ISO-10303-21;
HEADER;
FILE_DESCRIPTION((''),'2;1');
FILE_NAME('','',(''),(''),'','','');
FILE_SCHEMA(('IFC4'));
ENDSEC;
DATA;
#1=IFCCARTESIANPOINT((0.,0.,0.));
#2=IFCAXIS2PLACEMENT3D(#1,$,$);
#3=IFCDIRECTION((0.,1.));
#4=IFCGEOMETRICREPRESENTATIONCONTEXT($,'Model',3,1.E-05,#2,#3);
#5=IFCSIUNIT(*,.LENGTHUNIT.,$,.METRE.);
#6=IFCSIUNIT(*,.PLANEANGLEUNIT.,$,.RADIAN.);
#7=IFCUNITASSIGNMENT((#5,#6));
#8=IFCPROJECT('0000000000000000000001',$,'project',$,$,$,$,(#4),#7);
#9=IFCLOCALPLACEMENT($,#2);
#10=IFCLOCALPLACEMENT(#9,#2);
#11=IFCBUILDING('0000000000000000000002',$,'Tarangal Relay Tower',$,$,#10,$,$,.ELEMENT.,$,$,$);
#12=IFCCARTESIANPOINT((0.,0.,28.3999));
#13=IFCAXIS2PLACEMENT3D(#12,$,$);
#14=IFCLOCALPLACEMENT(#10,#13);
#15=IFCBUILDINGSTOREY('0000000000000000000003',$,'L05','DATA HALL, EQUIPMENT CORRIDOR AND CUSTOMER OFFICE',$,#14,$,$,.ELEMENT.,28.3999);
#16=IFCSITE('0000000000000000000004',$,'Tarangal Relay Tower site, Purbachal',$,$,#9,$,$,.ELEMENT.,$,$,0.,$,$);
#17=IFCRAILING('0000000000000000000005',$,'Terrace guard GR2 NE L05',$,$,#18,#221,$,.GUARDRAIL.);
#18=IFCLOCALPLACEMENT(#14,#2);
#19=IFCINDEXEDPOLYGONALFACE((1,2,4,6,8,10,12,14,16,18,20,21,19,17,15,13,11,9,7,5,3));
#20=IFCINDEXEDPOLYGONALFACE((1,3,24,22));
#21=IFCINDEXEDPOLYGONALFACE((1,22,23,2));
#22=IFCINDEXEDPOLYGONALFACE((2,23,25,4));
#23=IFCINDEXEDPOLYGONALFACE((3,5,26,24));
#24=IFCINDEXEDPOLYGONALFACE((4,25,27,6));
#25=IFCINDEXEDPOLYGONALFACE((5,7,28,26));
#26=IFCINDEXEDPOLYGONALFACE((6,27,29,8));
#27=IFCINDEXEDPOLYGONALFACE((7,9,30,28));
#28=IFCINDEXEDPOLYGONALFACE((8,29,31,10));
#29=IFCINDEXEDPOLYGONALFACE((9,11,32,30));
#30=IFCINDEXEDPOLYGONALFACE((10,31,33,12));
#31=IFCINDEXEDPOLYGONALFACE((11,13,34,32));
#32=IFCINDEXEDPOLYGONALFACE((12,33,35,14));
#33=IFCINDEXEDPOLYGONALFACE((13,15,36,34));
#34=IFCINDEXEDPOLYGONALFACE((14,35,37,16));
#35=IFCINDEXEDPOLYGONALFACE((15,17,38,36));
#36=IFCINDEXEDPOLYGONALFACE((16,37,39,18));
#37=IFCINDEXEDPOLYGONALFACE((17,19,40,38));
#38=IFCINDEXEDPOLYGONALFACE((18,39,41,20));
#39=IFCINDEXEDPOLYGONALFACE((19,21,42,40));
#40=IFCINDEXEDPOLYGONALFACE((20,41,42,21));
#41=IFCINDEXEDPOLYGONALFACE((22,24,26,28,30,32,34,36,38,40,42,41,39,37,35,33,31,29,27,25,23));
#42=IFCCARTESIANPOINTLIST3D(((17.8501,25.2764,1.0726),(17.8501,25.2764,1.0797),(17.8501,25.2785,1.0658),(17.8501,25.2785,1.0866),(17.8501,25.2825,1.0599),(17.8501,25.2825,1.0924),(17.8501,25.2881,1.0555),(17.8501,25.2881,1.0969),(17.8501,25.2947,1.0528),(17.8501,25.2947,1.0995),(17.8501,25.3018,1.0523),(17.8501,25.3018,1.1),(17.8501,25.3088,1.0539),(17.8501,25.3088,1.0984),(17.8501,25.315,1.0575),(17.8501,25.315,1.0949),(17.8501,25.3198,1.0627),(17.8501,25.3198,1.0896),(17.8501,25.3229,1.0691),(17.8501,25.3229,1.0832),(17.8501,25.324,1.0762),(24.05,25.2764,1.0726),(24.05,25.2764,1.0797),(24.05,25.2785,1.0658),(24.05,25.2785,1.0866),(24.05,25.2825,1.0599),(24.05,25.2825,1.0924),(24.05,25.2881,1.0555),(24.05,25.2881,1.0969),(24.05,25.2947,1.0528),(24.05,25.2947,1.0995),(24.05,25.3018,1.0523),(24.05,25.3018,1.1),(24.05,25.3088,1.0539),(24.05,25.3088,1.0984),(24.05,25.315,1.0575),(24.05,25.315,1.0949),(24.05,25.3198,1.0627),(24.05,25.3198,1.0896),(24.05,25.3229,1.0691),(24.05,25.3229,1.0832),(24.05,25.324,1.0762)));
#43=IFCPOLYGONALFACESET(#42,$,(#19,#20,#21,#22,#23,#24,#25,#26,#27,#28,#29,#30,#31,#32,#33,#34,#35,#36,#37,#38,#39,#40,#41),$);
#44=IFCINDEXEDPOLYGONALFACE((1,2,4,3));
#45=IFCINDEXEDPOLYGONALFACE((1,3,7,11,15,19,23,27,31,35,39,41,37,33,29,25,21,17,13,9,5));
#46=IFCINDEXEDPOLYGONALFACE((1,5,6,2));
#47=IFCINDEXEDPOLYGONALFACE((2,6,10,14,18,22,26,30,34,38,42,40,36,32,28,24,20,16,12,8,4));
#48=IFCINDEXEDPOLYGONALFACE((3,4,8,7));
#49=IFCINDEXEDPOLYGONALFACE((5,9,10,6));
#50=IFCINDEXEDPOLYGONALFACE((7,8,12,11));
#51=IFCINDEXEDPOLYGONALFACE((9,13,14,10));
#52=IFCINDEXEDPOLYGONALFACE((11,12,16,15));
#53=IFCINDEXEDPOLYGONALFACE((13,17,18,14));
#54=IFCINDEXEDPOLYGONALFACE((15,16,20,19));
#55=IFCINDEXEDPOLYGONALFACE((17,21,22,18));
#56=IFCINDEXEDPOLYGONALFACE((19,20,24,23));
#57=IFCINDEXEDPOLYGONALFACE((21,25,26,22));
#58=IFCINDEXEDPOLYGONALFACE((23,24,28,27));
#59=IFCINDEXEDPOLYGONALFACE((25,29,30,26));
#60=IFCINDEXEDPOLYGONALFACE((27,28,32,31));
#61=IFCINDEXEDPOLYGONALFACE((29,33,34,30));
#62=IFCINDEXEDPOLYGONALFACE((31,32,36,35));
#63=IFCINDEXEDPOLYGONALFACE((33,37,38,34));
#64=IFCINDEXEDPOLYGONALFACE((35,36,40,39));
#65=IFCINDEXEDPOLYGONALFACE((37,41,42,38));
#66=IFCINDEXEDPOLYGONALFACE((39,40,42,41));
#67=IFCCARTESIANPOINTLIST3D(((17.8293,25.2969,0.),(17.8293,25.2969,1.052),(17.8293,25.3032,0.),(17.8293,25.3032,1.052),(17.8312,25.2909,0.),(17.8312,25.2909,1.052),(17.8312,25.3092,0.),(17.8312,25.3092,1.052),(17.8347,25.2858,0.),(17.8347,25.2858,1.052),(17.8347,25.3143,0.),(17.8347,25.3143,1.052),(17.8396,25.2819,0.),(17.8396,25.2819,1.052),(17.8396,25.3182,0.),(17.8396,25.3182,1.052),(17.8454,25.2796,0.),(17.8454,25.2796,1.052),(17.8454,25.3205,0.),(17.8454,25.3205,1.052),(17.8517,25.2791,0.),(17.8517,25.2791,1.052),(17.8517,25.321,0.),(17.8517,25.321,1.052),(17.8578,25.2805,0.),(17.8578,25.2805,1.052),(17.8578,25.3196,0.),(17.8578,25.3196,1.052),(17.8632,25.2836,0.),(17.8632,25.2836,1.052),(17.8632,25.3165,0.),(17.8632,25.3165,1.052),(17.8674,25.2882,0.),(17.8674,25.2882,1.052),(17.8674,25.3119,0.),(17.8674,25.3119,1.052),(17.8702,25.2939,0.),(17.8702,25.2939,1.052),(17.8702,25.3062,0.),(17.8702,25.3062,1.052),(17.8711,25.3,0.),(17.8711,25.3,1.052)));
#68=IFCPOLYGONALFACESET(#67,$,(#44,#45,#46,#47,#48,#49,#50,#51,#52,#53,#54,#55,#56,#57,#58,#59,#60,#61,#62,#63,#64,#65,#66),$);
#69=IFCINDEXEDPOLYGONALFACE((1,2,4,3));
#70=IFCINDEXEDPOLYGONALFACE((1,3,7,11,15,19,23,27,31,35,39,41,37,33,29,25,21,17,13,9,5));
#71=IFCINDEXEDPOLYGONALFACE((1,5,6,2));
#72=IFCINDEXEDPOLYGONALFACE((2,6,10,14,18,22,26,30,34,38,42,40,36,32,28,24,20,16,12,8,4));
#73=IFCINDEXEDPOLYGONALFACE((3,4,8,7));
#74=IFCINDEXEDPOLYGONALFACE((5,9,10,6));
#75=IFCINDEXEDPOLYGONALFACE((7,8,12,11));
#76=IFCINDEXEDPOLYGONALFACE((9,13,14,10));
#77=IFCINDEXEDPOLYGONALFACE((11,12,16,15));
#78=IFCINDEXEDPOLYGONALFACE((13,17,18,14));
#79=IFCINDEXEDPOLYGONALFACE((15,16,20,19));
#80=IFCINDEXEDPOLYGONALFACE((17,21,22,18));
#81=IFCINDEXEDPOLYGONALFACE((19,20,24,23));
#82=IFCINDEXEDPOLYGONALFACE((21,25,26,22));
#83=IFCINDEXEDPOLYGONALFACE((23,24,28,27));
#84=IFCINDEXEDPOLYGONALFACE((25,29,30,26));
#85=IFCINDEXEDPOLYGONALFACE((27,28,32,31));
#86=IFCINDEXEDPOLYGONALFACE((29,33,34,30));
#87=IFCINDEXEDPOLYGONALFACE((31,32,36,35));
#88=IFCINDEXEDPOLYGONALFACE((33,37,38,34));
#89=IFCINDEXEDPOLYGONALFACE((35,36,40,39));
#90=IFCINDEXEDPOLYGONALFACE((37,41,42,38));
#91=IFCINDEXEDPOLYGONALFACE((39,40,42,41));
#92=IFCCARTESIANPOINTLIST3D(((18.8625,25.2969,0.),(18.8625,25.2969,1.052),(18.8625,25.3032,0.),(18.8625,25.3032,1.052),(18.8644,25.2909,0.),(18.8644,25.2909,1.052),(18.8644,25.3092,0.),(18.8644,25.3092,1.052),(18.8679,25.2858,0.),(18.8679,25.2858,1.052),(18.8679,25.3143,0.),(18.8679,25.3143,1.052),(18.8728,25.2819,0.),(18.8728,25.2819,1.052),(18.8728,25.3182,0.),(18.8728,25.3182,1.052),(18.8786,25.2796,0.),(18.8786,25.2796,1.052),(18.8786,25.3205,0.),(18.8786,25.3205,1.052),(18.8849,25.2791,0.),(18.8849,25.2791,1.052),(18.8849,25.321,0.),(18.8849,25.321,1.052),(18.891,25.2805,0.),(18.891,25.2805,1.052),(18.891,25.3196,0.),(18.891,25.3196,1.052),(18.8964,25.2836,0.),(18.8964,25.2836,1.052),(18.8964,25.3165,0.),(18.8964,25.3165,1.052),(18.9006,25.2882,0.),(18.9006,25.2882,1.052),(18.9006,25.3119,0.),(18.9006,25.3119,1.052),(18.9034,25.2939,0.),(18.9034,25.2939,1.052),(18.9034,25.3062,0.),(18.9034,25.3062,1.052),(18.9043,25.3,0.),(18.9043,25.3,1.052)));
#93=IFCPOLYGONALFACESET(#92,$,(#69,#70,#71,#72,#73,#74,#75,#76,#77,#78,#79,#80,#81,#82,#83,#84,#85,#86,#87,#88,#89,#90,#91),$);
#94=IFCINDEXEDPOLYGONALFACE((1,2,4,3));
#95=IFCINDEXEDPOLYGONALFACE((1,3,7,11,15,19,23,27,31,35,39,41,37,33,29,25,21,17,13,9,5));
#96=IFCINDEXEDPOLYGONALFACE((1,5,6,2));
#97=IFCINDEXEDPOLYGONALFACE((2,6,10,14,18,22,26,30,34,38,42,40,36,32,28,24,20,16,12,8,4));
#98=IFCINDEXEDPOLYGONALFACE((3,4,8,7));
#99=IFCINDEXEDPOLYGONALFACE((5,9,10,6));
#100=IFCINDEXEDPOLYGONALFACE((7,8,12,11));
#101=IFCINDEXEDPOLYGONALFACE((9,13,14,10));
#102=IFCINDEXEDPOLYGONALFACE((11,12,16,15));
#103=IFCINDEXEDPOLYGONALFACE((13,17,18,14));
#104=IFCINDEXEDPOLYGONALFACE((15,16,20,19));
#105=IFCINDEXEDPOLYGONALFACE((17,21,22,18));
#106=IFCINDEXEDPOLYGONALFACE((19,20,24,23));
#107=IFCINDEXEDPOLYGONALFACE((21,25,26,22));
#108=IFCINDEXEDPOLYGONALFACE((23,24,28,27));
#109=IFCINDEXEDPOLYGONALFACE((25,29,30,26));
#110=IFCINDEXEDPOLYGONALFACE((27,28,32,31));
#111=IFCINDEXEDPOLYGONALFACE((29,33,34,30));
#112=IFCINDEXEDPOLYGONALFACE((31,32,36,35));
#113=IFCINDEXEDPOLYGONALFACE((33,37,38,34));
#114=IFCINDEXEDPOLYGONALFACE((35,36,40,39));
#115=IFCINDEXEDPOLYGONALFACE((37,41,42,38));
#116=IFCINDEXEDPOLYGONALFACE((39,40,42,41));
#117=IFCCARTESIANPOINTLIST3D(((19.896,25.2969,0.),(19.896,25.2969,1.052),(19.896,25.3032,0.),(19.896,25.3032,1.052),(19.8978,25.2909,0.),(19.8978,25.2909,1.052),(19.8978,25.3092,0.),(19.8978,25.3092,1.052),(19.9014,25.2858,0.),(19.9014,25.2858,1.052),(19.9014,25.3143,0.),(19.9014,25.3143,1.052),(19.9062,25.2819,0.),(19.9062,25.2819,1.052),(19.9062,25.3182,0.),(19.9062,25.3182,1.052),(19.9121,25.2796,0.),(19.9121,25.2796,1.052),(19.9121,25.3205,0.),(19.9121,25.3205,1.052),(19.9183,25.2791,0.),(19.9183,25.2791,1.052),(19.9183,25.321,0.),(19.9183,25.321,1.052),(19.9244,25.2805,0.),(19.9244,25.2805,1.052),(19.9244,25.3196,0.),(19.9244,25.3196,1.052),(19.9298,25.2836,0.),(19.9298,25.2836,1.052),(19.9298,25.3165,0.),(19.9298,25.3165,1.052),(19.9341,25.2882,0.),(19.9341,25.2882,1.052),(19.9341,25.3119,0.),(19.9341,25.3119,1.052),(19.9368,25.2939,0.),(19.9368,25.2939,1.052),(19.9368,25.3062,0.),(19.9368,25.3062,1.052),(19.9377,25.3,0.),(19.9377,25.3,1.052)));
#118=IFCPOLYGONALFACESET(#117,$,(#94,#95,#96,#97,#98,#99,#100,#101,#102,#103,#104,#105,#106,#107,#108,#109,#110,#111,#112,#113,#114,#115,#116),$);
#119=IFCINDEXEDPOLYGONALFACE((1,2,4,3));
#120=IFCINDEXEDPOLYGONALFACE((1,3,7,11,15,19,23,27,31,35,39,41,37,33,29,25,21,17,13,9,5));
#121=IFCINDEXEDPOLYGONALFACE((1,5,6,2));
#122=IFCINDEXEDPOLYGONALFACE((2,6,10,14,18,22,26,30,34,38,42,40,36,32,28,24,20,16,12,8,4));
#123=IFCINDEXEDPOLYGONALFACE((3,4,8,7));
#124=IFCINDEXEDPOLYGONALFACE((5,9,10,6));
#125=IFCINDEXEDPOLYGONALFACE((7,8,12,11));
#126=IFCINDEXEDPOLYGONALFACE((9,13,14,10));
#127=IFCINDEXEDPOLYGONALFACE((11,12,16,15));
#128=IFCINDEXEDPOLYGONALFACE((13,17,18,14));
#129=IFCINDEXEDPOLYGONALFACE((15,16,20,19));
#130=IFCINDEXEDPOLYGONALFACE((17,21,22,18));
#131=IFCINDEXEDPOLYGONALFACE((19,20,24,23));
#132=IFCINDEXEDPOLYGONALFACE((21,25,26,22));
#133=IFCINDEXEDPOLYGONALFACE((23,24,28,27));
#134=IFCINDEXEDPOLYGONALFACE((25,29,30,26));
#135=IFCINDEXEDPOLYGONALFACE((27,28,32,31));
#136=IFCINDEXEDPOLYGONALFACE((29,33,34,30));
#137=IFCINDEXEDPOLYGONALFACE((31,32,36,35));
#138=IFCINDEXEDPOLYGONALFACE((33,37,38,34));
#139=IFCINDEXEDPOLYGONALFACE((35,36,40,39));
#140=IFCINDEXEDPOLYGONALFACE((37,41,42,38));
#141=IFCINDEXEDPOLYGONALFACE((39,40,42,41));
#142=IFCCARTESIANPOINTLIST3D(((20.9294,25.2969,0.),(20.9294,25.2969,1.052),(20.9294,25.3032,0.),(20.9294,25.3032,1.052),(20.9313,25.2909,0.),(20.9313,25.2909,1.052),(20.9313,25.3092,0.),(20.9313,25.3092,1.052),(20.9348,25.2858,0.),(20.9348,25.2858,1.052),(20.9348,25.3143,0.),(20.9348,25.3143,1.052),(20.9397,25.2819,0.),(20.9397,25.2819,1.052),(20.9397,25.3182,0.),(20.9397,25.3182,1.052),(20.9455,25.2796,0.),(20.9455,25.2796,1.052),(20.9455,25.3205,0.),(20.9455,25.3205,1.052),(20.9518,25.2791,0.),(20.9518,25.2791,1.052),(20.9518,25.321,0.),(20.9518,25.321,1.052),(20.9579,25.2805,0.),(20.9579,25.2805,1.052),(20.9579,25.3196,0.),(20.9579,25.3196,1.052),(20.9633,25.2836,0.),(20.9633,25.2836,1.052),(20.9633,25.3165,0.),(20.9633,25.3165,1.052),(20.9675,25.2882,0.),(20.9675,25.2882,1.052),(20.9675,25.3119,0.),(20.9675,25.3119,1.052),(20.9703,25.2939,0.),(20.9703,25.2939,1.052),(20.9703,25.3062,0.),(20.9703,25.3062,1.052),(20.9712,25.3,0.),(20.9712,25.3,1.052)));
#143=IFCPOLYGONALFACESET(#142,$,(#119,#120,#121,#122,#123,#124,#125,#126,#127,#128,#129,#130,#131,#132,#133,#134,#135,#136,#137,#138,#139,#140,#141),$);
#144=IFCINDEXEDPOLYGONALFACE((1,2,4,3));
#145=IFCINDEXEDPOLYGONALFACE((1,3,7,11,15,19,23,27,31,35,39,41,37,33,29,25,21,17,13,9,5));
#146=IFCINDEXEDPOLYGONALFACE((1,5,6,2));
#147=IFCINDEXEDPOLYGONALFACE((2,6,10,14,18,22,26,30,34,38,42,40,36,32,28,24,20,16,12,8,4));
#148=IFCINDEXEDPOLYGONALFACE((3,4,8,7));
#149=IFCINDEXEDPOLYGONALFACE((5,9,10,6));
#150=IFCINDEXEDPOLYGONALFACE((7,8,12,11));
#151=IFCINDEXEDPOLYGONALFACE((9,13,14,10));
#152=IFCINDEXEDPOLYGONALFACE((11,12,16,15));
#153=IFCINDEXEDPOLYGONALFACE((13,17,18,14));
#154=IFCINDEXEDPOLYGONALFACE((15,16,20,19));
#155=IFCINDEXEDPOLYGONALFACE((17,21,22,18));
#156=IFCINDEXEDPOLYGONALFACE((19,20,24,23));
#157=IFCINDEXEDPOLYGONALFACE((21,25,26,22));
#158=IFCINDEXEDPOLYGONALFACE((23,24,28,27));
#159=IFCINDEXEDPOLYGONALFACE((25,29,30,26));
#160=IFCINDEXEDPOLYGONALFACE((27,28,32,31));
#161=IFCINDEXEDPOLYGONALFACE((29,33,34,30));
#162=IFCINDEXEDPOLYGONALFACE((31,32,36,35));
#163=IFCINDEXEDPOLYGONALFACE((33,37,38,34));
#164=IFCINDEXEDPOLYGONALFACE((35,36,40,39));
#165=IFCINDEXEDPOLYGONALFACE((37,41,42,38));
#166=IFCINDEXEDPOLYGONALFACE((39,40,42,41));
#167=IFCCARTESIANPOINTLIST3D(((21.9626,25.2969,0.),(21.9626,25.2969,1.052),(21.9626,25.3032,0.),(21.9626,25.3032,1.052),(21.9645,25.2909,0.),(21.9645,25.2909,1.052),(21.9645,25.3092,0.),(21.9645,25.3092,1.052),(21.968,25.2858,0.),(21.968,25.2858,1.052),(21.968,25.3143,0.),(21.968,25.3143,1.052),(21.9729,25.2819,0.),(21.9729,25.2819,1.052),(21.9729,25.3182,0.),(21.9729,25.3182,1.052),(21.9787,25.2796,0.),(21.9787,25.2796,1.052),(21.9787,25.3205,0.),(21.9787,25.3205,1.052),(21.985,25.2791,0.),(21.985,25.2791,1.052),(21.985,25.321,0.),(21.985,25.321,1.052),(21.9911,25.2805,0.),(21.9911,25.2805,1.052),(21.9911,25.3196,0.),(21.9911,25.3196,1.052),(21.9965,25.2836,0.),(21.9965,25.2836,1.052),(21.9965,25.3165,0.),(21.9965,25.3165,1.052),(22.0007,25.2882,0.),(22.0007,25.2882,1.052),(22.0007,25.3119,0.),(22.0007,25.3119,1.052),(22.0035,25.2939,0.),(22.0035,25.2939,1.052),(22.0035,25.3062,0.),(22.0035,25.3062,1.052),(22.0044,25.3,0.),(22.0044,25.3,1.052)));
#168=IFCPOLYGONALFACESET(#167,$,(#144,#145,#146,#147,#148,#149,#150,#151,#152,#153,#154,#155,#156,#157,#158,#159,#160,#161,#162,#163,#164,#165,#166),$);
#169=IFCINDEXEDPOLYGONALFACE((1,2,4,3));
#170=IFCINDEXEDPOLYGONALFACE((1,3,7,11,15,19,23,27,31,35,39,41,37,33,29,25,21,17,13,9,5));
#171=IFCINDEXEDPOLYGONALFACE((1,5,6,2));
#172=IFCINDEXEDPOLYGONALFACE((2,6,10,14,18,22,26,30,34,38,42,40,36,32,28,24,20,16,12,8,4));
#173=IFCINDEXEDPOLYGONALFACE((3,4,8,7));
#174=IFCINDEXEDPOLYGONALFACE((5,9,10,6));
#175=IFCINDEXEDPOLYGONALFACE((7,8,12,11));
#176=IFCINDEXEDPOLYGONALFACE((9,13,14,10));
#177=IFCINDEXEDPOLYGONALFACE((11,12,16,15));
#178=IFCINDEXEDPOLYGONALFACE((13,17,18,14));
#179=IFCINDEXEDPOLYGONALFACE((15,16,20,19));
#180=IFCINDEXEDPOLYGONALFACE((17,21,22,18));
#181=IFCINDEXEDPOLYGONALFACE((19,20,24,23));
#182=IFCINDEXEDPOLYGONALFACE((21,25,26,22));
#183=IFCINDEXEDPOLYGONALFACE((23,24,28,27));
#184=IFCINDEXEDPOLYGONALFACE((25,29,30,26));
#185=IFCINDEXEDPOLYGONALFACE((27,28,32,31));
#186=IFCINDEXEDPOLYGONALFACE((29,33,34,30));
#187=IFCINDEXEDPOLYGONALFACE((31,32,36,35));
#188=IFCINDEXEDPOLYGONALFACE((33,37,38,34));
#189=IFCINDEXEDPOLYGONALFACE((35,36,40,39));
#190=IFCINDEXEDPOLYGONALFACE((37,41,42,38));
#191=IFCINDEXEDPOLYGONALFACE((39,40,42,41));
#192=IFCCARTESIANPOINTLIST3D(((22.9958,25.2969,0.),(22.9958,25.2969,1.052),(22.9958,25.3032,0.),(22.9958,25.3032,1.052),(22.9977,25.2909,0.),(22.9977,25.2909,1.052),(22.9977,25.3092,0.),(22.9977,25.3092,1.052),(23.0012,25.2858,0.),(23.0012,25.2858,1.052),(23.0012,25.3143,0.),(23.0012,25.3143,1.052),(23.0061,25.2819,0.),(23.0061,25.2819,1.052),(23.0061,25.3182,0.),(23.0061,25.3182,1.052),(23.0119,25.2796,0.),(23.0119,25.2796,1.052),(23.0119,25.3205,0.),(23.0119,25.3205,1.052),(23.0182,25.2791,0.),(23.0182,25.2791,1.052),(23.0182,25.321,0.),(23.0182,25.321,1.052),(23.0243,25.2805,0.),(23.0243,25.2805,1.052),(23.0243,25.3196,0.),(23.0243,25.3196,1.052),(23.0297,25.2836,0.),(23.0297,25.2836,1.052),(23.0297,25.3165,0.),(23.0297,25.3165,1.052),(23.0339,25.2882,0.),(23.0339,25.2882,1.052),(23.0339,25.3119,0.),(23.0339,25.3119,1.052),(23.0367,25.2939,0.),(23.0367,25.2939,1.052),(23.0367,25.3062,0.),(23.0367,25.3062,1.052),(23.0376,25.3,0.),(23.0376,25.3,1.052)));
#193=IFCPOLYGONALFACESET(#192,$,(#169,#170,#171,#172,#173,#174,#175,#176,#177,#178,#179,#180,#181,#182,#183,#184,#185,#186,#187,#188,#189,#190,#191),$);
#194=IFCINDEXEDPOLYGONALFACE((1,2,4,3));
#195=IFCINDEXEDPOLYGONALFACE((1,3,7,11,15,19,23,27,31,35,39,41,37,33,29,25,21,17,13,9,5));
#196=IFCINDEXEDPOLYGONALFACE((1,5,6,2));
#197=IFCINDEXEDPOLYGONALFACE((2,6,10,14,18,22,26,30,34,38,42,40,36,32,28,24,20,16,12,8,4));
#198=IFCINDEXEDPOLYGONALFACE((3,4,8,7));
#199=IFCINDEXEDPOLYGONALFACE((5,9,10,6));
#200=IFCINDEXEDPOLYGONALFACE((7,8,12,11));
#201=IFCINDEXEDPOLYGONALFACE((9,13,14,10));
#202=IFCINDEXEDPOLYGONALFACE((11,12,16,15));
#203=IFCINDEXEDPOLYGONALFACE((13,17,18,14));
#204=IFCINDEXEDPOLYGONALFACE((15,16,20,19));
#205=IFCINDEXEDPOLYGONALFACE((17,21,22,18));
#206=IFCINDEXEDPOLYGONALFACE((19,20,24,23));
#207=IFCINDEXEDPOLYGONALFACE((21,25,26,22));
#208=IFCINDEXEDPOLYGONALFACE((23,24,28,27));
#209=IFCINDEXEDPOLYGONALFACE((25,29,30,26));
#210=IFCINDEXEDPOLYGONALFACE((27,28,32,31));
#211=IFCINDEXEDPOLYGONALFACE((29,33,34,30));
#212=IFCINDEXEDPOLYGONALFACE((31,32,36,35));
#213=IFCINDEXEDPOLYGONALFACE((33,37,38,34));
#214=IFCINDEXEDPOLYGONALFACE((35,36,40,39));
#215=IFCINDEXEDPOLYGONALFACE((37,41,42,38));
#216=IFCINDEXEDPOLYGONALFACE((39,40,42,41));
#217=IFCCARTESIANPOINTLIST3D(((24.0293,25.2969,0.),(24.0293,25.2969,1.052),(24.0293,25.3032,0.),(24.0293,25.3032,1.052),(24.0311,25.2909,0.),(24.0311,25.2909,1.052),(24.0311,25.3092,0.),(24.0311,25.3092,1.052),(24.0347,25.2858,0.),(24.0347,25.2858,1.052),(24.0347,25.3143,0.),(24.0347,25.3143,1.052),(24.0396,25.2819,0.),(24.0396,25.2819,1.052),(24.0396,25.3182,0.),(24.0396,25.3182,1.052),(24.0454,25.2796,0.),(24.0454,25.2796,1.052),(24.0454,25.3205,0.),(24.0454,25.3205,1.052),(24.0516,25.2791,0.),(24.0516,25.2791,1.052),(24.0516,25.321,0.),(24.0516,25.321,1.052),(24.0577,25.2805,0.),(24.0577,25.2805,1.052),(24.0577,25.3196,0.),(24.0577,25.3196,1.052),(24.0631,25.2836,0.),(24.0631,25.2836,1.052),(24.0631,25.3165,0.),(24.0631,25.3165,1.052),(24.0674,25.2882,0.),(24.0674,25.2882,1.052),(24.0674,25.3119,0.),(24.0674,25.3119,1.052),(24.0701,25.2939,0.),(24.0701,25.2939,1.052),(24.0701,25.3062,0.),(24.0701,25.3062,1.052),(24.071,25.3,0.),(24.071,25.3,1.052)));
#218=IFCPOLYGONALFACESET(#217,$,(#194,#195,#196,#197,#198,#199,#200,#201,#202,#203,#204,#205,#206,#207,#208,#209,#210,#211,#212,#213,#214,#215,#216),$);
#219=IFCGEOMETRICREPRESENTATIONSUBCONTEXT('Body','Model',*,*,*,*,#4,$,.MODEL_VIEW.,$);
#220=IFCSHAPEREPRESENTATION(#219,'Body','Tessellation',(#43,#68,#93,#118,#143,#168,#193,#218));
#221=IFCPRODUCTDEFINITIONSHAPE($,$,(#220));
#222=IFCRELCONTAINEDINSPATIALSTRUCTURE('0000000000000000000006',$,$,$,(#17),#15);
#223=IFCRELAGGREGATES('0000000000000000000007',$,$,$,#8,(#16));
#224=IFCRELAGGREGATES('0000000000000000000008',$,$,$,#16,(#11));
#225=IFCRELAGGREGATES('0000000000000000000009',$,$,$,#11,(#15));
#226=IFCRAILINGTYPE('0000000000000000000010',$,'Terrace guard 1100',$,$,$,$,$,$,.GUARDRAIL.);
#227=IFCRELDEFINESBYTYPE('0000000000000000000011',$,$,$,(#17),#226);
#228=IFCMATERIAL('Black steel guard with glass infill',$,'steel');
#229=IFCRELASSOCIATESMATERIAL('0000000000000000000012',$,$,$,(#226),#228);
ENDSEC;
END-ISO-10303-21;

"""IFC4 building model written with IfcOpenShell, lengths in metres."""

from ifc_helpers import new_model, si_unit, direction, frame, origin, origin_2d, place, context, subcontext, project, spatial, circle, extrude, material, type_object, element, save


model = new_model("IFC4")

# Units and contexts
model_context = context("Model", 3, precision=1e-05, world=origin(), true_north=direction((0.0, 1.0)))
body_context = subcontext(model_context, "Body", "Model", "MODEL_VIEW")
ifc_project = project(units=[si_unit("LENGTHUNIT", "METRE"), si_unit("PLANEANGLEUNIT", "RADIAN")], contexts=[model_context])

# Site, building, storey
site_placement = place(None, origin())
site = spatial("IfcSite", under=ifc_project, at=site_placement, Name="Tarangal Relay Tower site, Purbachal", CompositionType="ELEMENT", RefElevation=0.0)
building_placement = place(site_placement, origin())
building = spatial("IfcBuilding", under=site, at=building_placement, Name="Tarangal Relay Tower", CompositionType="ELEMENT")
storey_placement = place(building_placement, frame((0.0, 0.0, 28.3999)))
storey = spatial("IfcBuildingStorey", under=building, at=storey_placement, Name="L05", Description="DATA HALL, EQUIPMENT CORRIDOR AND CUSTOMER OFFICE", CompositionType="ELEMENT", Elevation=28.3999)

# Railing
ifc_material_1 = material(Name="Black steel guard with glass infill", Category="steel")
railing_type_1 = type_object("IfcRailingType", Name="Terrace guard 1100", PredefinedType="GUARDRAIL", material=ifc_material_1)
railing_1_placement = place(storey_placement, frame((17.8501, 25.3, 0.0)))
element("IfcRailing", 1, at=railing_1_placement, inside=storey, type_object=railing_type_1, Name="Terrace guard GR2 NE L05", PredefinedType="GUARDRAIL", context=body_context, shape_type="SweptSolid", body=[
    extrude(circle(Radius=0.0239, at=origin_2d()), frame((0.0, 0.0, 1.0762), z_axis=(1.0, 0.0, 0.0), x_axis=(0.0, 1.0, 0.0)), (0.0, 0.0, 1.0), 6.2),
    extrude(circle(Radius=0.021, at=origin_2d()), origin(), (0.0, 0.0, 1.0), 1.052),
    extrude(circle(Radius=0.021, at=origin_2d()), frame((1.0332, 0.0, 0.0)), (0.0, 0.0, 1.0), 1.052),
    extrude(circle(Radius=0.021, at=origin_2d()), frame((2.0667, 0.0, 0.0)), (0.0, 0.0, 1.0), 1.052),
    extrude(circle(Radius=0.021, at=origin_2d()), frame((3.1001, 0.0, 0.0)), (0.0, 0.0, 1.0), 1.052),
    extrude(circle(Radius=0.021, at=origin_2d()), frame((4.1333, 0.0, 0.0)), (0.0, 0.0, 1.0), 1.052),
    extrude(circle(Radius=0.021, at=origin_2d()), frame((5.1665, 0.0, 0.0)), (0.0, 0.0, 1.0), 1.052),
    extrude(circle(Radius=0.021, at=origin_2d()), frame((6.2, 0.0, 0.0)), (0.0, 0.0, 1.0), 1.052),
])

save(model, "model.ifc")
